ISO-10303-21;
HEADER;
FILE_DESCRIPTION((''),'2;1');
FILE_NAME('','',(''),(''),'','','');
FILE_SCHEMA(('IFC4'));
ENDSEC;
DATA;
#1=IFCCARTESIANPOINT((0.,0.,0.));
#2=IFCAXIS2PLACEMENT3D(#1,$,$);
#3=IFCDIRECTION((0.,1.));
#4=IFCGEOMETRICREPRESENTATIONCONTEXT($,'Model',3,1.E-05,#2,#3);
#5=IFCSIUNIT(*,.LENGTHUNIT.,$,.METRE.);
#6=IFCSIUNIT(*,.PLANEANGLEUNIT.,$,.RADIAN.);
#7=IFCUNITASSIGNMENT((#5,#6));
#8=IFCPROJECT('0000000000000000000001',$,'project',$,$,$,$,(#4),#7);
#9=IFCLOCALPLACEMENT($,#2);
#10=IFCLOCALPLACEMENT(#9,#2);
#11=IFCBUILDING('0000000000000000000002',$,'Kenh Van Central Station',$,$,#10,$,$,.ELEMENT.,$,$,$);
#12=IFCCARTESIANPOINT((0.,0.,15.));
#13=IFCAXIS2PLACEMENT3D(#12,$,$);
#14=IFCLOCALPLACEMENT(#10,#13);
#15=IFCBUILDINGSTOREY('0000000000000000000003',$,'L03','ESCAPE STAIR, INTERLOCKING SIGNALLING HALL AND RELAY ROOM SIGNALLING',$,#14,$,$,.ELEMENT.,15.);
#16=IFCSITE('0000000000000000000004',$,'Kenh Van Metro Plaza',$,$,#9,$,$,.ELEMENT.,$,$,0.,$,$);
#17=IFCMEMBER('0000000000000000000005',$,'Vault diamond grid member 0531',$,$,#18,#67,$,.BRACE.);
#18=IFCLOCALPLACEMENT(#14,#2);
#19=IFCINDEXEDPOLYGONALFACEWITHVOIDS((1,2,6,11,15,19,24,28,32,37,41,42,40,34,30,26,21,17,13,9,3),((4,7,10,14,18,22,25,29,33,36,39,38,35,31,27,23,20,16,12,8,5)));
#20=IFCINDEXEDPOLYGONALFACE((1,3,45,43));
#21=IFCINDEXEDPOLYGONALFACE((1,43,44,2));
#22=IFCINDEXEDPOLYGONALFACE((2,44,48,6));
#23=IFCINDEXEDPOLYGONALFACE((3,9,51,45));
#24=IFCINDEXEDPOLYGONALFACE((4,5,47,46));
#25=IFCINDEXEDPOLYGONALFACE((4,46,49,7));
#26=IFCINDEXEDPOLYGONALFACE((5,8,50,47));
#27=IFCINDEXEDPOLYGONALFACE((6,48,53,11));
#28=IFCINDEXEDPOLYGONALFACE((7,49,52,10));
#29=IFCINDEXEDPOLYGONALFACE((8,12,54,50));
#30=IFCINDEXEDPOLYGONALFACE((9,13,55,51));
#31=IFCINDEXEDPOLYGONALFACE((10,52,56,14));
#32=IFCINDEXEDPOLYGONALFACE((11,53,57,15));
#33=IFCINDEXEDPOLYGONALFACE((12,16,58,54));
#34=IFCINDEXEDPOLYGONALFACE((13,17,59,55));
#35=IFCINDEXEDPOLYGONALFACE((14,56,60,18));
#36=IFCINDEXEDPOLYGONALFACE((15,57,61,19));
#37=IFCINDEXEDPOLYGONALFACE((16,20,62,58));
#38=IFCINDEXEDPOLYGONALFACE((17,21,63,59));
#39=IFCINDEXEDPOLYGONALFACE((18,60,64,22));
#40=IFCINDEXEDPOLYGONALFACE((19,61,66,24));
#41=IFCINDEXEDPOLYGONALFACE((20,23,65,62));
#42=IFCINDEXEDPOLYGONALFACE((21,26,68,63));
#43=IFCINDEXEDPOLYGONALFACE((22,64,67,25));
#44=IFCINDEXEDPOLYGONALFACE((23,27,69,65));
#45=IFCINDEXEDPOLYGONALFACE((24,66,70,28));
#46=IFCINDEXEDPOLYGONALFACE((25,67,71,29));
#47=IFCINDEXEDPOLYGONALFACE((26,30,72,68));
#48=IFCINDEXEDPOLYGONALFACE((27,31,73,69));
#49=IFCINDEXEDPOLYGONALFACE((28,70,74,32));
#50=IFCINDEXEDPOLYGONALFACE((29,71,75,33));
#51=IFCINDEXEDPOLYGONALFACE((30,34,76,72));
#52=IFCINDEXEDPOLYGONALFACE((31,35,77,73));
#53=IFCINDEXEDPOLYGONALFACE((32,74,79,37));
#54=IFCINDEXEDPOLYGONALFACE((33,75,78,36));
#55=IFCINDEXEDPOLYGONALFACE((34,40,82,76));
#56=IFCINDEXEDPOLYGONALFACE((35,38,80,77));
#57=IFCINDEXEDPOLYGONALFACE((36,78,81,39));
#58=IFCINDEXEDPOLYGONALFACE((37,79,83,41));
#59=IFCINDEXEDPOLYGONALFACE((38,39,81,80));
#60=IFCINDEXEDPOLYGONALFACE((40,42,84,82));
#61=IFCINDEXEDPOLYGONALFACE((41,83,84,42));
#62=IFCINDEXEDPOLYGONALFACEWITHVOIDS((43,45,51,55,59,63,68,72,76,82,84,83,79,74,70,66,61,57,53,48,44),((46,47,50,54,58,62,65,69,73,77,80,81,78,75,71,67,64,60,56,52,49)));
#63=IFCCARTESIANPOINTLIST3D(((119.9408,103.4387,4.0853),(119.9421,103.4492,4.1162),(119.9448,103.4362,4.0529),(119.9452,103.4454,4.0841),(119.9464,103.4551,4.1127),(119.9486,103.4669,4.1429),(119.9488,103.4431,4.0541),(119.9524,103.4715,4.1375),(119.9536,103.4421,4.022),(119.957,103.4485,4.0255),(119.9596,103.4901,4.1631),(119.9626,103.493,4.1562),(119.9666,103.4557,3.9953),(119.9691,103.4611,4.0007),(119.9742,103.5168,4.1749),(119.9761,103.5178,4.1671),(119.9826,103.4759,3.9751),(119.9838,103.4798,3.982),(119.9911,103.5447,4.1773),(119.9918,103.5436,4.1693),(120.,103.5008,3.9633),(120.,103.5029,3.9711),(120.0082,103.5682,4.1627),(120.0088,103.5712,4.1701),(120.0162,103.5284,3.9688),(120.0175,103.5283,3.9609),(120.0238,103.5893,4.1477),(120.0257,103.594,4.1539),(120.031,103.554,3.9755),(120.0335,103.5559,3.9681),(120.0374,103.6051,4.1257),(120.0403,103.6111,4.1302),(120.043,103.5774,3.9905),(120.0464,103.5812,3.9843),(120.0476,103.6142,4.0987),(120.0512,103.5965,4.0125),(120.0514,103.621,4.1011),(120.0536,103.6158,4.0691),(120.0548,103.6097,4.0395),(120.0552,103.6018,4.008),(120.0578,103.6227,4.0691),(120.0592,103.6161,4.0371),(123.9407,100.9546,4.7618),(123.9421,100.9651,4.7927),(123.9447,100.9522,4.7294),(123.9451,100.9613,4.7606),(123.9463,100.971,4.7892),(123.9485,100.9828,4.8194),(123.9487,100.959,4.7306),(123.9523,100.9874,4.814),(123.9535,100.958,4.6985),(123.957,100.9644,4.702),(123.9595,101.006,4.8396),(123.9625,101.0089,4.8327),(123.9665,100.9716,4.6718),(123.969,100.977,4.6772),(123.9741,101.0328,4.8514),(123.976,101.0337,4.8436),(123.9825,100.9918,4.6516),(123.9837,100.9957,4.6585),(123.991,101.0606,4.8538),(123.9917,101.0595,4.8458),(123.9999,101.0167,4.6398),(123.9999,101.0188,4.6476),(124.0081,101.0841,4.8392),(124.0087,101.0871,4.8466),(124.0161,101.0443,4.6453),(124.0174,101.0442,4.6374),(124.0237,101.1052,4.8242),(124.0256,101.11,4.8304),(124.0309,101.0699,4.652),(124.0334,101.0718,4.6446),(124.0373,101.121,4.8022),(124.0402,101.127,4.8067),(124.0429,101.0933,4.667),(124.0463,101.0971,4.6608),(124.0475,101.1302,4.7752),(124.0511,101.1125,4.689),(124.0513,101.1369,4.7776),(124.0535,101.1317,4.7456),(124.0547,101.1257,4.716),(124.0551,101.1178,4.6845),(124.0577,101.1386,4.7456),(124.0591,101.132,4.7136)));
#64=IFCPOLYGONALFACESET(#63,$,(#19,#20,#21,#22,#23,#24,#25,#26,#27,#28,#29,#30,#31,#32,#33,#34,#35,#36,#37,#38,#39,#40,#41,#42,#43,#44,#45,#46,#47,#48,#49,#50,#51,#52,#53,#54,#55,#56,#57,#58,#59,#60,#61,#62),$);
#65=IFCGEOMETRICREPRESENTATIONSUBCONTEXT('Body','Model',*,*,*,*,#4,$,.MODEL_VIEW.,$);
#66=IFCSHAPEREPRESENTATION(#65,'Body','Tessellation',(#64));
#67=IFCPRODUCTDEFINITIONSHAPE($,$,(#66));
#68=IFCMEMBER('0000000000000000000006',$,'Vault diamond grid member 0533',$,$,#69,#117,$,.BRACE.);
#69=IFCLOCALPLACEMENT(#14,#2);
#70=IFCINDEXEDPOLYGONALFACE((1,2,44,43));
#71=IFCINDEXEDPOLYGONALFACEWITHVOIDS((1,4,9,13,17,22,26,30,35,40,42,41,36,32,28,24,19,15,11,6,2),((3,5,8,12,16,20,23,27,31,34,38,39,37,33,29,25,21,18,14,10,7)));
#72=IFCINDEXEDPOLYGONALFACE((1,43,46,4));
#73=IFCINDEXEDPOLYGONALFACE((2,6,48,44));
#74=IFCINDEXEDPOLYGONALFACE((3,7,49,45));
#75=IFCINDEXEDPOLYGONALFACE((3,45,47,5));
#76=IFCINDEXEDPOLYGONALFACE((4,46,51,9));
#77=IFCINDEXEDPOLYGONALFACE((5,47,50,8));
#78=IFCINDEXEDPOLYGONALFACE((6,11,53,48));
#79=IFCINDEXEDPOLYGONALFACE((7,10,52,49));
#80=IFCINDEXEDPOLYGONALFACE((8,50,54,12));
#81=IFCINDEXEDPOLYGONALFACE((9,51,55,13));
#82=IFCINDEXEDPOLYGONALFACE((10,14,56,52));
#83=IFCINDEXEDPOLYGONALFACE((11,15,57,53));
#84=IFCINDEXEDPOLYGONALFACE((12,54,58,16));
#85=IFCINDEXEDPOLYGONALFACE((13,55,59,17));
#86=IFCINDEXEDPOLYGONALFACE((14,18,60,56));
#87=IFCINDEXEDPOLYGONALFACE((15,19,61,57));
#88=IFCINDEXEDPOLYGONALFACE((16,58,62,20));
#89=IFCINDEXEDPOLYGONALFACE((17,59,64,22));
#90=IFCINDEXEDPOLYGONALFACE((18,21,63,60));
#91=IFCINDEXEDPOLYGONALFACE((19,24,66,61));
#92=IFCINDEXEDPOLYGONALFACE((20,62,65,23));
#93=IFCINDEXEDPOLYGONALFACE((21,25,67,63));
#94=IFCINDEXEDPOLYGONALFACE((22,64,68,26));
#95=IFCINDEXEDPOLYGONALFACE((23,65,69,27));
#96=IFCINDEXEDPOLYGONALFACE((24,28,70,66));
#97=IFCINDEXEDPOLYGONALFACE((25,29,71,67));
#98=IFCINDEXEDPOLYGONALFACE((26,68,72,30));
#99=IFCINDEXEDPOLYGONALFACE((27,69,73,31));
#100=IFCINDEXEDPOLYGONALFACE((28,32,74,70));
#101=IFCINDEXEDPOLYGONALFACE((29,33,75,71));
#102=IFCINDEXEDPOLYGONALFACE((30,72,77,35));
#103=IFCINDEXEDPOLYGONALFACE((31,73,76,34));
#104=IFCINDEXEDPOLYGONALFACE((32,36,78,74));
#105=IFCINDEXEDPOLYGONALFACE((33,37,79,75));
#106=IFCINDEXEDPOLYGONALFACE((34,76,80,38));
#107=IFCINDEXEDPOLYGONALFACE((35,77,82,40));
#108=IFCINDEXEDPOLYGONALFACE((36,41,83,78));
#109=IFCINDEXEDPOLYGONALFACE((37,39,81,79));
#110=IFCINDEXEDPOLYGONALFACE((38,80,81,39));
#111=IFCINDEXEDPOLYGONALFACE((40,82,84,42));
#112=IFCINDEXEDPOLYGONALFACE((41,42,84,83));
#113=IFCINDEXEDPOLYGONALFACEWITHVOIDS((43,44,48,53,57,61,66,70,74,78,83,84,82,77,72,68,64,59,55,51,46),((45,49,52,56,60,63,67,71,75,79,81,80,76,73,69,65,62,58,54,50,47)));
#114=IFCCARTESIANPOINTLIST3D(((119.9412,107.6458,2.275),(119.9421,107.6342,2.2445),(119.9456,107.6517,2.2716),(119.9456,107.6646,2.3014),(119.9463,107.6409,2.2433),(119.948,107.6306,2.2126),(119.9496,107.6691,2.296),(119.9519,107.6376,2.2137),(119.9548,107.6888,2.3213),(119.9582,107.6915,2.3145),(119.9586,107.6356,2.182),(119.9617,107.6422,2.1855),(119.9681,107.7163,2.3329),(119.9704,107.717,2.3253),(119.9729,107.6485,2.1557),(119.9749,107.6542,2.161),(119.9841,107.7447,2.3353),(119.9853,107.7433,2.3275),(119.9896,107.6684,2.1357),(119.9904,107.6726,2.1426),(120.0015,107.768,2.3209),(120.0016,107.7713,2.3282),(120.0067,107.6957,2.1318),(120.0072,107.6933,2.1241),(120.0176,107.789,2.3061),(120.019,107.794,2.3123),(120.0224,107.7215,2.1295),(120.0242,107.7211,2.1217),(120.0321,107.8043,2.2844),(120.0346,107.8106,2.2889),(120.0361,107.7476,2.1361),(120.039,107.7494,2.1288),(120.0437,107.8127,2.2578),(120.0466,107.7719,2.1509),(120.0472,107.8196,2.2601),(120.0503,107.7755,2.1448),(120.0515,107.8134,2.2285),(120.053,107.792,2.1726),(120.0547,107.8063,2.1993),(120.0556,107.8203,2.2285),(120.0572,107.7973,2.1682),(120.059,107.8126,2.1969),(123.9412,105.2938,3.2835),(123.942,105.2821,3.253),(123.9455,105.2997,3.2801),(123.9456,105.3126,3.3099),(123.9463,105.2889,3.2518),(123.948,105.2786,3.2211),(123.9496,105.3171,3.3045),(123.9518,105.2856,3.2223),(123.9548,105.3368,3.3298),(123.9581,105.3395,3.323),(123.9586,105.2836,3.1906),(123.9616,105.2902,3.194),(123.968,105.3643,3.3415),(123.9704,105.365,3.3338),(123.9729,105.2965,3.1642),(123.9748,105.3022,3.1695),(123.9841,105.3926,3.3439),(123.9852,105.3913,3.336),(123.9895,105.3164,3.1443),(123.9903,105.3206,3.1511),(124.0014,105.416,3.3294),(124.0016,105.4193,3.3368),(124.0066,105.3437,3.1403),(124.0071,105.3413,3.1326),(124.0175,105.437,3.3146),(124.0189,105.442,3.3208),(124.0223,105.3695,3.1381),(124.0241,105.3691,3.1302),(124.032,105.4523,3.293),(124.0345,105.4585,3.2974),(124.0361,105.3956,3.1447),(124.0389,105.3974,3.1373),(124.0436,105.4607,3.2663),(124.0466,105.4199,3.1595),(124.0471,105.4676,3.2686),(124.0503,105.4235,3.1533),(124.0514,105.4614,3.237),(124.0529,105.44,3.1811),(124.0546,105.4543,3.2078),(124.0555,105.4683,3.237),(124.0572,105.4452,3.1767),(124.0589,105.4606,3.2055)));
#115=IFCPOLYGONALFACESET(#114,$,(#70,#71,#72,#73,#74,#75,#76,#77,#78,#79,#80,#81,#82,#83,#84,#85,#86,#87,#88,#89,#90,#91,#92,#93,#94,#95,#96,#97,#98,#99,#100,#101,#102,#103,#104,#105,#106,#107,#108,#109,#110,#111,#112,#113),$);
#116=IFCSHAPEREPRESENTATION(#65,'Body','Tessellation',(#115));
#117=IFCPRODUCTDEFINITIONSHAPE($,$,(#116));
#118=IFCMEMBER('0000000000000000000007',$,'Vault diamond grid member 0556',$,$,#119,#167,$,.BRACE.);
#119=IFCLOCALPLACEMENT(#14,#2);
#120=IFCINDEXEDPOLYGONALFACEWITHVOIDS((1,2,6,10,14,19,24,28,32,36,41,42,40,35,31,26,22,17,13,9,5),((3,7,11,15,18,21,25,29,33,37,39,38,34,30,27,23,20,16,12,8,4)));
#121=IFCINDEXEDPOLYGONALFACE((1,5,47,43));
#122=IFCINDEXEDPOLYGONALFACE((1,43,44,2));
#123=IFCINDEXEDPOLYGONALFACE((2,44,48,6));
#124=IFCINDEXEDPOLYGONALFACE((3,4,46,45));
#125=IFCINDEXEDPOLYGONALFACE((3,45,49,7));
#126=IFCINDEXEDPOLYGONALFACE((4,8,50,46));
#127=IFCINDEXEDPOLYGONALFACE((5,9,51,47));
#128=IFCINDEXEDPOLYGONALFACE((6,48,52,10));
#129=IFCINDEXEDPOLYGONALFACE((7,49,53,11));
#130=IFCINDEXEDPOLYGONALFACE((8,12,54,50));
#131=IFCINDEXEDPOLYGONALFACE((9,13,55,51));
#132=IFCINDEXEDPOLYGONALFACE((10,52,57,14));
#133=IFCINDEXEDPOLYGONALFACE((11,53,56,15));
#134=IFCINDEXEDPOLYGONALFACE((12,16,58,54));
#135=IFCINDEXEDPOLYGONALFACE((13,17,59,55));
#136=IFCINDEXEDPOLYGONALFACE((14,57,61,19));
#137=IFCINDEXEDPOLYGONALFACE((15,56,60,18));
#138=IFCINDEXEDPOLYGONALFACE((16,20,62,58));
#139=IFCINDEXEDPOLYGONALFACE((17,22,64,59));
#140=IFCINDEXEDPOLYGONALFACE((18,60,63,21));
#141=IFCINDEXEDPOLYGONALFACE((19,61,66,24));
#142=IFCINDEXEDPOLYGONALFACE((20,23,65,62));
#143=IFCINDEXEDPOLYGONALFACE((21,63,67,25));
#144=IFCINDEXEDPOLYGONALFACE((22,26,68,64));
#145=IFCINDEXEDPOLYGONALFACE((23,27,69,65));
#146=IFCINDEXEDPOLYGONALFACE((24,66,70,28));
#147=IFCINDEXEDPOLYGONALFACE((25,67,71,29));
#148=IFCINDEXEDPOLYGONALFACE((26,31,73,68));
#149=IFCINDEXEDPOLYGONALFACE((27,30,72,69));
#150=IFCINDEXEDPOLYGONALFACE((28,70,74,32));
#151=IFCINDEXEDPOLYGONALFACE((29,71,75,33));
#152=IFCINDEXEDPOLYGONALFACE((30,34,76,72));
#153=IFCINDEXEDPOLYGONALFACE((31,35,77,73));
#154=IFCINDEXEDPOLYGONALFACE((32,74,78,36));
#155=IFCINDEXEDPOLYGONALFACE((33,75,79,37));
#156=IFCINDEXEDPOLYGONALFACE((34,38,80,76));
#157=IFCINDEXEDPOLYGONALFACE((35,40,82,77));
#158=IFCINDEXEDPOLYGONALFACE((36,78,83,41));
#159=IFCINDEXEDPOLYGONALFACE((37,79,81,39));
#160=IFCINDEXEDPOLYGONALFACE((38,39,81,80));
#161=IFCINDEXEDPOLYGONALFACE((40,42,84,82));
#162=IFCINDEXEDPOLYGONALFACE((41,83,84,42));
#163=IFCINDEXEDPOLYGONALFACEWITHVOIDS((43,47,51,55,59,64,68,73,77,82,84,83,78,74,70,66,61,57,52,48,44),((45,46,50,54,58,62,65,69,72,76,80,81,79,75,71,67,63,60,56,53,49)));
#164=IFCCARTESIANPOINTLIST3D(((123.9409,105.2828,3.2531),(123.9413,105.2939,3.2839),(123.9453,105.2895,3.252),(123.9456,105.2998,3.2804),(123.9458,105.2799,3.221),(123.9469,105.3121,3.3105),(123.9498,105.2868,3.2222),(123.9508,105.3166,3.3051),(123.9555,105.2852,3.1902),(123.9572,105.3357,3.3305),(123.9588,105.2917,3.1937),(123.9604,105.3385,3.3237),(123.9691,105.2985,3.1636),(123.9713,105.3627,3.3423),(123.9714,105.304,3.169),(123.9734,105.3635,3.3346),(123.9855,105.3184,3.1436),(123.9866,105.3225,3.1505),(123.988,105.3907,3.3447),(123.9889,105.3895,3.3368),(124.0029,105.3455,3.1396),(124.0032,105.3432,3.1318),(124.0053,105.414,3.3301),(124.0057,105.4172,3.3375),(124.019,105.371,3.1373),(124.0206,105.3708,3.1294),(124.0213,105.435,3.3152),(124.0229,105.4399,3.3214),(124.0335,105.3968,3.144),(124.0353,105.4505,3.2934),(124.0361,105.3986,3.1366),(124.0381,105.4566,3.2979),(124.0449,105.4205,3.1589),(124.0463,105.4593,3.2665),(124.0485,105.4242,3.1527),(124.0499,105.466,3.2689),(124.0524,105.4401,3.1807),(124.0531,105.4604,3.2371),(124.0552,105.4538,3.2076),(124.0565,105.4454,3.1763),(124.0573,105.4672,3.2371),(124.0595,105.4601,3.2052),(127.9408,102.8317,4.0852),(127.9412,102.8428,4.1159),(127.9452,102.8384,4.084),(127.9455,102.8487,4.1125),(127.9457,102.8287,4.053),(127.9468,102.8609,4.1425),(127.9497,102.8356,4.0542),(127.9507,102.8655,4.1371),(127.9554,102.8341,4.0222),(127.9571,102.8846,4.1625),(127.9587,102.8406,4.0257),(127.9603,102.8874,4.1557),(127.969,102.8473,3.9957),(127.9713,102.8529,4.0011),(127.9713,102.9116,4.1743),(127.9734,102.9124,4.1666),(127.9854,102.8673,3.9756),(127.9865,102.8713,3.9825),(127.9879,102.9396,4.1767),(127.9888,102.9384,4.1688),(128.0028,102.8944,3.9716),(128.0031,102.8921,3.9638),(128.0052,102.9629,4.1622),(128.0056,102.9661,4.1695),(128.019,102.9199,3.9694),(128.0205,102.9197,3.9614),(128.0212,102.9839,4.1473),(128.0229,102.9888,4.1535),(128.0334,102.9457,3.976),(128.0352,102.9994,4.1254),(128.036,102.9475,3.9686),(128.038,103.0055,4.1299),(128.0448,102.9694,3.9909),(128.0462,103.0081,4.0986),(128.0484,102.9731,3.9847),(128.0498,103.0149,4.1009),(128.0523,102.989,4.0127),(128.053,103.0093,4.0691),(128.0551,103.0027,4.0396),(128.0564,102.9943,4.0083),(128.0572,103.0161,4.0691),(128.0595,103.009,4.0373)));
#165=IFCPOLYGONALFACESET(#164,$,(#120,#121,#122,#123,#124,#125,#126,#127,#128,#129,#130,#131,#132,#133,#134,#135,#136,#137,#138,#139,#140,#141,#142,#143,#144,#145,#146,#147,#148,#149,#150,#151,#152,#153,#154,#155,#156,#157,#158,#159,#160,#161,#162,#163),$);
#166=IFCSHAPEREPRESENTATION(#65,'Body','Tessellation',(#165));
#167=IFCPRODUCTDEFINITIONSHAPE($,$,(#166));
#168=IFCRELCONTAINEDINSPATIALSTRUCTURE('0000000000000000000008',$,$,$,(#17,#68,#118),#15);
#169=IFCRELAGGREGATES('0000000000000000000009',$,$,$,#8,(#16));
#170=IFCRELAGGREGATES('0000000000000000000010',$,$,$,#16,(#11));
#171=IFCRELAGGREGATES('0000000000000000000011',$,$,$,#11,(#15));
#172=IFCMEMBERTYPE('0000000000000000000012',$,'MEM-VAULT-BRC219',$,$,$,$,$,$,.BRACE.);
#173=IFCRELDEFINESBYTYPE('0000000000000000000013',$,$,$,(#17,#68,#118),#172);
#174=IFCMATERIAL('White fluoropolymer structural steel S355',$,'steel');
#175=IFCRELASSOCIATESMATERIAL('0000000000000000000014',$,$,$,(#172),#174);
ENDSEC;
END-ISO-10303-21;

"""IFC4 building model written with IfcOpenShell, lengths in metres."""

from ifc_helpers import new_model, si_unit, direction, frame, origin, origin_2d, place, context, subcontext, project, spatial, hollow_circle, extrude, material, material_profile, profile_set, type_object, element, save


model = new_model("IFC4")

# Units and contexts
model_context = context("Model", 3, precision=1e-05, world=origin(), true_north=direction((0.0, 1.0)))
body_context = subcontext(model_context, "Body", "Model", "MODEL_VIEW")
ifc_project = project(units=[si_unit("LENGTHUNIT", "METRE"), si_unit("PLANEANGLEUNIT", "RADIAN")], contexts=[model_context])

# Site, building, storey
site_placement = place(None, origin())
site = spatial("IfcSite", under=ifc_project, at=site_placement, Name="Kenh Van Metro Plaza", CompositionType="ELEMENT", RefElevation=0.0)
building_placement = place(site_placement, origin())
building = spatial("IfcBuilding", under=site, at=building_placement, Name="Kenh Van Central Station", CompositionType="ELEMENT")
storey_placement = place(building_placement, frame((0.0, 0.0, 15.0)))
storey = spatial("IfcBuildingStorey", under=building, at=storey_placement, Name="L03", Description="ESCAPE STAIR, INTERLOCKING SIGNALLING HALL AND RELAY ROOM SIGNALLING", CompositionType="ELEMENT", Elevation=15.0)

# Shared definitions
ifc_material_1 = material(Name="White fluoropolymer structural steel S355", Category="steel")

# Members
ifc_material_profile_1 = material_profile(ifc_material_1, hollow_circle(Radius=0.1096, WallThickness=0.0081, at=origin_2d()), Name="CHS 219.1x8")
ifc_profile_set_1 = profile_set([ifc_material_profile_1], Name="White fluoropolymer structural steel S355")
member_type_1 = type_object("IfcMemberType", Name="MEM-VAULT-BRC219", PredefinedType="BRACE", material=ifc_profile_set_1)
member_1_placement = place(storey_placement, frame((120.0, 103.5295, 4.0691), z_axis=(0.840875, -0.522211, 0.142216), x_axis=(0.527573, 0.84951, 0.0)))
element("IfcMember", 1, at=member_1_placement, inside=storey, type_object=member_type_1, Name="Vault diamond grid member 0531", PredefinedType="BRACE", context=body_context, shape_type="SweptSolid", body=[
    extrude(hollow_circle(Radius=0.1096, WallThickness=0.0081, at=origin_2d()), origin(), (0.0, 0.0, 1.0), 4.7568),
])
member_2_placement = place(storey_placement, frame((120.0, 107.7258, 2.2285), z_axis=(0.842352, -0.495313, 0.212387), x_axis=(0.506878, 0.862018, 0.0)))
element("IfcMember", 2, at=member_2_placement, inside=storey, type_object=member_type_1, Name="Vault diamond grid member 0533", PredefinedType="BRACE", context=body_context, shape_type="SweptSolid", body=[
    extrude(hollow_circle(Radius=0.1096, WallThickness=0.0081, at=origin_2d()), origin(), (0.0, 0.0, 1.0), 4.7485),
])
member_3_placement = place(storey_placement, frame((124.0, 105.3738, 3.2371), z_axis=(0.839541, -0.514465, 0.174631), x_axis=(0.522494, 0.852643, 0.0)))
element("IfcMember", 3, at=member_3_placement, inside=storey, type_object=member_type_1, Name="Vault diamond grid member 0556", PredefinedType="BRACE", context=body_context, shape_type="SweptSolid", body=[
    extrude(hollow_circle(Radius=0.1096, WallThickness=0.0081, at=origin_2d()), origin(), (0.0, 0.0, 1.0), 4.7644),
])

save(model, "model.ifc")
